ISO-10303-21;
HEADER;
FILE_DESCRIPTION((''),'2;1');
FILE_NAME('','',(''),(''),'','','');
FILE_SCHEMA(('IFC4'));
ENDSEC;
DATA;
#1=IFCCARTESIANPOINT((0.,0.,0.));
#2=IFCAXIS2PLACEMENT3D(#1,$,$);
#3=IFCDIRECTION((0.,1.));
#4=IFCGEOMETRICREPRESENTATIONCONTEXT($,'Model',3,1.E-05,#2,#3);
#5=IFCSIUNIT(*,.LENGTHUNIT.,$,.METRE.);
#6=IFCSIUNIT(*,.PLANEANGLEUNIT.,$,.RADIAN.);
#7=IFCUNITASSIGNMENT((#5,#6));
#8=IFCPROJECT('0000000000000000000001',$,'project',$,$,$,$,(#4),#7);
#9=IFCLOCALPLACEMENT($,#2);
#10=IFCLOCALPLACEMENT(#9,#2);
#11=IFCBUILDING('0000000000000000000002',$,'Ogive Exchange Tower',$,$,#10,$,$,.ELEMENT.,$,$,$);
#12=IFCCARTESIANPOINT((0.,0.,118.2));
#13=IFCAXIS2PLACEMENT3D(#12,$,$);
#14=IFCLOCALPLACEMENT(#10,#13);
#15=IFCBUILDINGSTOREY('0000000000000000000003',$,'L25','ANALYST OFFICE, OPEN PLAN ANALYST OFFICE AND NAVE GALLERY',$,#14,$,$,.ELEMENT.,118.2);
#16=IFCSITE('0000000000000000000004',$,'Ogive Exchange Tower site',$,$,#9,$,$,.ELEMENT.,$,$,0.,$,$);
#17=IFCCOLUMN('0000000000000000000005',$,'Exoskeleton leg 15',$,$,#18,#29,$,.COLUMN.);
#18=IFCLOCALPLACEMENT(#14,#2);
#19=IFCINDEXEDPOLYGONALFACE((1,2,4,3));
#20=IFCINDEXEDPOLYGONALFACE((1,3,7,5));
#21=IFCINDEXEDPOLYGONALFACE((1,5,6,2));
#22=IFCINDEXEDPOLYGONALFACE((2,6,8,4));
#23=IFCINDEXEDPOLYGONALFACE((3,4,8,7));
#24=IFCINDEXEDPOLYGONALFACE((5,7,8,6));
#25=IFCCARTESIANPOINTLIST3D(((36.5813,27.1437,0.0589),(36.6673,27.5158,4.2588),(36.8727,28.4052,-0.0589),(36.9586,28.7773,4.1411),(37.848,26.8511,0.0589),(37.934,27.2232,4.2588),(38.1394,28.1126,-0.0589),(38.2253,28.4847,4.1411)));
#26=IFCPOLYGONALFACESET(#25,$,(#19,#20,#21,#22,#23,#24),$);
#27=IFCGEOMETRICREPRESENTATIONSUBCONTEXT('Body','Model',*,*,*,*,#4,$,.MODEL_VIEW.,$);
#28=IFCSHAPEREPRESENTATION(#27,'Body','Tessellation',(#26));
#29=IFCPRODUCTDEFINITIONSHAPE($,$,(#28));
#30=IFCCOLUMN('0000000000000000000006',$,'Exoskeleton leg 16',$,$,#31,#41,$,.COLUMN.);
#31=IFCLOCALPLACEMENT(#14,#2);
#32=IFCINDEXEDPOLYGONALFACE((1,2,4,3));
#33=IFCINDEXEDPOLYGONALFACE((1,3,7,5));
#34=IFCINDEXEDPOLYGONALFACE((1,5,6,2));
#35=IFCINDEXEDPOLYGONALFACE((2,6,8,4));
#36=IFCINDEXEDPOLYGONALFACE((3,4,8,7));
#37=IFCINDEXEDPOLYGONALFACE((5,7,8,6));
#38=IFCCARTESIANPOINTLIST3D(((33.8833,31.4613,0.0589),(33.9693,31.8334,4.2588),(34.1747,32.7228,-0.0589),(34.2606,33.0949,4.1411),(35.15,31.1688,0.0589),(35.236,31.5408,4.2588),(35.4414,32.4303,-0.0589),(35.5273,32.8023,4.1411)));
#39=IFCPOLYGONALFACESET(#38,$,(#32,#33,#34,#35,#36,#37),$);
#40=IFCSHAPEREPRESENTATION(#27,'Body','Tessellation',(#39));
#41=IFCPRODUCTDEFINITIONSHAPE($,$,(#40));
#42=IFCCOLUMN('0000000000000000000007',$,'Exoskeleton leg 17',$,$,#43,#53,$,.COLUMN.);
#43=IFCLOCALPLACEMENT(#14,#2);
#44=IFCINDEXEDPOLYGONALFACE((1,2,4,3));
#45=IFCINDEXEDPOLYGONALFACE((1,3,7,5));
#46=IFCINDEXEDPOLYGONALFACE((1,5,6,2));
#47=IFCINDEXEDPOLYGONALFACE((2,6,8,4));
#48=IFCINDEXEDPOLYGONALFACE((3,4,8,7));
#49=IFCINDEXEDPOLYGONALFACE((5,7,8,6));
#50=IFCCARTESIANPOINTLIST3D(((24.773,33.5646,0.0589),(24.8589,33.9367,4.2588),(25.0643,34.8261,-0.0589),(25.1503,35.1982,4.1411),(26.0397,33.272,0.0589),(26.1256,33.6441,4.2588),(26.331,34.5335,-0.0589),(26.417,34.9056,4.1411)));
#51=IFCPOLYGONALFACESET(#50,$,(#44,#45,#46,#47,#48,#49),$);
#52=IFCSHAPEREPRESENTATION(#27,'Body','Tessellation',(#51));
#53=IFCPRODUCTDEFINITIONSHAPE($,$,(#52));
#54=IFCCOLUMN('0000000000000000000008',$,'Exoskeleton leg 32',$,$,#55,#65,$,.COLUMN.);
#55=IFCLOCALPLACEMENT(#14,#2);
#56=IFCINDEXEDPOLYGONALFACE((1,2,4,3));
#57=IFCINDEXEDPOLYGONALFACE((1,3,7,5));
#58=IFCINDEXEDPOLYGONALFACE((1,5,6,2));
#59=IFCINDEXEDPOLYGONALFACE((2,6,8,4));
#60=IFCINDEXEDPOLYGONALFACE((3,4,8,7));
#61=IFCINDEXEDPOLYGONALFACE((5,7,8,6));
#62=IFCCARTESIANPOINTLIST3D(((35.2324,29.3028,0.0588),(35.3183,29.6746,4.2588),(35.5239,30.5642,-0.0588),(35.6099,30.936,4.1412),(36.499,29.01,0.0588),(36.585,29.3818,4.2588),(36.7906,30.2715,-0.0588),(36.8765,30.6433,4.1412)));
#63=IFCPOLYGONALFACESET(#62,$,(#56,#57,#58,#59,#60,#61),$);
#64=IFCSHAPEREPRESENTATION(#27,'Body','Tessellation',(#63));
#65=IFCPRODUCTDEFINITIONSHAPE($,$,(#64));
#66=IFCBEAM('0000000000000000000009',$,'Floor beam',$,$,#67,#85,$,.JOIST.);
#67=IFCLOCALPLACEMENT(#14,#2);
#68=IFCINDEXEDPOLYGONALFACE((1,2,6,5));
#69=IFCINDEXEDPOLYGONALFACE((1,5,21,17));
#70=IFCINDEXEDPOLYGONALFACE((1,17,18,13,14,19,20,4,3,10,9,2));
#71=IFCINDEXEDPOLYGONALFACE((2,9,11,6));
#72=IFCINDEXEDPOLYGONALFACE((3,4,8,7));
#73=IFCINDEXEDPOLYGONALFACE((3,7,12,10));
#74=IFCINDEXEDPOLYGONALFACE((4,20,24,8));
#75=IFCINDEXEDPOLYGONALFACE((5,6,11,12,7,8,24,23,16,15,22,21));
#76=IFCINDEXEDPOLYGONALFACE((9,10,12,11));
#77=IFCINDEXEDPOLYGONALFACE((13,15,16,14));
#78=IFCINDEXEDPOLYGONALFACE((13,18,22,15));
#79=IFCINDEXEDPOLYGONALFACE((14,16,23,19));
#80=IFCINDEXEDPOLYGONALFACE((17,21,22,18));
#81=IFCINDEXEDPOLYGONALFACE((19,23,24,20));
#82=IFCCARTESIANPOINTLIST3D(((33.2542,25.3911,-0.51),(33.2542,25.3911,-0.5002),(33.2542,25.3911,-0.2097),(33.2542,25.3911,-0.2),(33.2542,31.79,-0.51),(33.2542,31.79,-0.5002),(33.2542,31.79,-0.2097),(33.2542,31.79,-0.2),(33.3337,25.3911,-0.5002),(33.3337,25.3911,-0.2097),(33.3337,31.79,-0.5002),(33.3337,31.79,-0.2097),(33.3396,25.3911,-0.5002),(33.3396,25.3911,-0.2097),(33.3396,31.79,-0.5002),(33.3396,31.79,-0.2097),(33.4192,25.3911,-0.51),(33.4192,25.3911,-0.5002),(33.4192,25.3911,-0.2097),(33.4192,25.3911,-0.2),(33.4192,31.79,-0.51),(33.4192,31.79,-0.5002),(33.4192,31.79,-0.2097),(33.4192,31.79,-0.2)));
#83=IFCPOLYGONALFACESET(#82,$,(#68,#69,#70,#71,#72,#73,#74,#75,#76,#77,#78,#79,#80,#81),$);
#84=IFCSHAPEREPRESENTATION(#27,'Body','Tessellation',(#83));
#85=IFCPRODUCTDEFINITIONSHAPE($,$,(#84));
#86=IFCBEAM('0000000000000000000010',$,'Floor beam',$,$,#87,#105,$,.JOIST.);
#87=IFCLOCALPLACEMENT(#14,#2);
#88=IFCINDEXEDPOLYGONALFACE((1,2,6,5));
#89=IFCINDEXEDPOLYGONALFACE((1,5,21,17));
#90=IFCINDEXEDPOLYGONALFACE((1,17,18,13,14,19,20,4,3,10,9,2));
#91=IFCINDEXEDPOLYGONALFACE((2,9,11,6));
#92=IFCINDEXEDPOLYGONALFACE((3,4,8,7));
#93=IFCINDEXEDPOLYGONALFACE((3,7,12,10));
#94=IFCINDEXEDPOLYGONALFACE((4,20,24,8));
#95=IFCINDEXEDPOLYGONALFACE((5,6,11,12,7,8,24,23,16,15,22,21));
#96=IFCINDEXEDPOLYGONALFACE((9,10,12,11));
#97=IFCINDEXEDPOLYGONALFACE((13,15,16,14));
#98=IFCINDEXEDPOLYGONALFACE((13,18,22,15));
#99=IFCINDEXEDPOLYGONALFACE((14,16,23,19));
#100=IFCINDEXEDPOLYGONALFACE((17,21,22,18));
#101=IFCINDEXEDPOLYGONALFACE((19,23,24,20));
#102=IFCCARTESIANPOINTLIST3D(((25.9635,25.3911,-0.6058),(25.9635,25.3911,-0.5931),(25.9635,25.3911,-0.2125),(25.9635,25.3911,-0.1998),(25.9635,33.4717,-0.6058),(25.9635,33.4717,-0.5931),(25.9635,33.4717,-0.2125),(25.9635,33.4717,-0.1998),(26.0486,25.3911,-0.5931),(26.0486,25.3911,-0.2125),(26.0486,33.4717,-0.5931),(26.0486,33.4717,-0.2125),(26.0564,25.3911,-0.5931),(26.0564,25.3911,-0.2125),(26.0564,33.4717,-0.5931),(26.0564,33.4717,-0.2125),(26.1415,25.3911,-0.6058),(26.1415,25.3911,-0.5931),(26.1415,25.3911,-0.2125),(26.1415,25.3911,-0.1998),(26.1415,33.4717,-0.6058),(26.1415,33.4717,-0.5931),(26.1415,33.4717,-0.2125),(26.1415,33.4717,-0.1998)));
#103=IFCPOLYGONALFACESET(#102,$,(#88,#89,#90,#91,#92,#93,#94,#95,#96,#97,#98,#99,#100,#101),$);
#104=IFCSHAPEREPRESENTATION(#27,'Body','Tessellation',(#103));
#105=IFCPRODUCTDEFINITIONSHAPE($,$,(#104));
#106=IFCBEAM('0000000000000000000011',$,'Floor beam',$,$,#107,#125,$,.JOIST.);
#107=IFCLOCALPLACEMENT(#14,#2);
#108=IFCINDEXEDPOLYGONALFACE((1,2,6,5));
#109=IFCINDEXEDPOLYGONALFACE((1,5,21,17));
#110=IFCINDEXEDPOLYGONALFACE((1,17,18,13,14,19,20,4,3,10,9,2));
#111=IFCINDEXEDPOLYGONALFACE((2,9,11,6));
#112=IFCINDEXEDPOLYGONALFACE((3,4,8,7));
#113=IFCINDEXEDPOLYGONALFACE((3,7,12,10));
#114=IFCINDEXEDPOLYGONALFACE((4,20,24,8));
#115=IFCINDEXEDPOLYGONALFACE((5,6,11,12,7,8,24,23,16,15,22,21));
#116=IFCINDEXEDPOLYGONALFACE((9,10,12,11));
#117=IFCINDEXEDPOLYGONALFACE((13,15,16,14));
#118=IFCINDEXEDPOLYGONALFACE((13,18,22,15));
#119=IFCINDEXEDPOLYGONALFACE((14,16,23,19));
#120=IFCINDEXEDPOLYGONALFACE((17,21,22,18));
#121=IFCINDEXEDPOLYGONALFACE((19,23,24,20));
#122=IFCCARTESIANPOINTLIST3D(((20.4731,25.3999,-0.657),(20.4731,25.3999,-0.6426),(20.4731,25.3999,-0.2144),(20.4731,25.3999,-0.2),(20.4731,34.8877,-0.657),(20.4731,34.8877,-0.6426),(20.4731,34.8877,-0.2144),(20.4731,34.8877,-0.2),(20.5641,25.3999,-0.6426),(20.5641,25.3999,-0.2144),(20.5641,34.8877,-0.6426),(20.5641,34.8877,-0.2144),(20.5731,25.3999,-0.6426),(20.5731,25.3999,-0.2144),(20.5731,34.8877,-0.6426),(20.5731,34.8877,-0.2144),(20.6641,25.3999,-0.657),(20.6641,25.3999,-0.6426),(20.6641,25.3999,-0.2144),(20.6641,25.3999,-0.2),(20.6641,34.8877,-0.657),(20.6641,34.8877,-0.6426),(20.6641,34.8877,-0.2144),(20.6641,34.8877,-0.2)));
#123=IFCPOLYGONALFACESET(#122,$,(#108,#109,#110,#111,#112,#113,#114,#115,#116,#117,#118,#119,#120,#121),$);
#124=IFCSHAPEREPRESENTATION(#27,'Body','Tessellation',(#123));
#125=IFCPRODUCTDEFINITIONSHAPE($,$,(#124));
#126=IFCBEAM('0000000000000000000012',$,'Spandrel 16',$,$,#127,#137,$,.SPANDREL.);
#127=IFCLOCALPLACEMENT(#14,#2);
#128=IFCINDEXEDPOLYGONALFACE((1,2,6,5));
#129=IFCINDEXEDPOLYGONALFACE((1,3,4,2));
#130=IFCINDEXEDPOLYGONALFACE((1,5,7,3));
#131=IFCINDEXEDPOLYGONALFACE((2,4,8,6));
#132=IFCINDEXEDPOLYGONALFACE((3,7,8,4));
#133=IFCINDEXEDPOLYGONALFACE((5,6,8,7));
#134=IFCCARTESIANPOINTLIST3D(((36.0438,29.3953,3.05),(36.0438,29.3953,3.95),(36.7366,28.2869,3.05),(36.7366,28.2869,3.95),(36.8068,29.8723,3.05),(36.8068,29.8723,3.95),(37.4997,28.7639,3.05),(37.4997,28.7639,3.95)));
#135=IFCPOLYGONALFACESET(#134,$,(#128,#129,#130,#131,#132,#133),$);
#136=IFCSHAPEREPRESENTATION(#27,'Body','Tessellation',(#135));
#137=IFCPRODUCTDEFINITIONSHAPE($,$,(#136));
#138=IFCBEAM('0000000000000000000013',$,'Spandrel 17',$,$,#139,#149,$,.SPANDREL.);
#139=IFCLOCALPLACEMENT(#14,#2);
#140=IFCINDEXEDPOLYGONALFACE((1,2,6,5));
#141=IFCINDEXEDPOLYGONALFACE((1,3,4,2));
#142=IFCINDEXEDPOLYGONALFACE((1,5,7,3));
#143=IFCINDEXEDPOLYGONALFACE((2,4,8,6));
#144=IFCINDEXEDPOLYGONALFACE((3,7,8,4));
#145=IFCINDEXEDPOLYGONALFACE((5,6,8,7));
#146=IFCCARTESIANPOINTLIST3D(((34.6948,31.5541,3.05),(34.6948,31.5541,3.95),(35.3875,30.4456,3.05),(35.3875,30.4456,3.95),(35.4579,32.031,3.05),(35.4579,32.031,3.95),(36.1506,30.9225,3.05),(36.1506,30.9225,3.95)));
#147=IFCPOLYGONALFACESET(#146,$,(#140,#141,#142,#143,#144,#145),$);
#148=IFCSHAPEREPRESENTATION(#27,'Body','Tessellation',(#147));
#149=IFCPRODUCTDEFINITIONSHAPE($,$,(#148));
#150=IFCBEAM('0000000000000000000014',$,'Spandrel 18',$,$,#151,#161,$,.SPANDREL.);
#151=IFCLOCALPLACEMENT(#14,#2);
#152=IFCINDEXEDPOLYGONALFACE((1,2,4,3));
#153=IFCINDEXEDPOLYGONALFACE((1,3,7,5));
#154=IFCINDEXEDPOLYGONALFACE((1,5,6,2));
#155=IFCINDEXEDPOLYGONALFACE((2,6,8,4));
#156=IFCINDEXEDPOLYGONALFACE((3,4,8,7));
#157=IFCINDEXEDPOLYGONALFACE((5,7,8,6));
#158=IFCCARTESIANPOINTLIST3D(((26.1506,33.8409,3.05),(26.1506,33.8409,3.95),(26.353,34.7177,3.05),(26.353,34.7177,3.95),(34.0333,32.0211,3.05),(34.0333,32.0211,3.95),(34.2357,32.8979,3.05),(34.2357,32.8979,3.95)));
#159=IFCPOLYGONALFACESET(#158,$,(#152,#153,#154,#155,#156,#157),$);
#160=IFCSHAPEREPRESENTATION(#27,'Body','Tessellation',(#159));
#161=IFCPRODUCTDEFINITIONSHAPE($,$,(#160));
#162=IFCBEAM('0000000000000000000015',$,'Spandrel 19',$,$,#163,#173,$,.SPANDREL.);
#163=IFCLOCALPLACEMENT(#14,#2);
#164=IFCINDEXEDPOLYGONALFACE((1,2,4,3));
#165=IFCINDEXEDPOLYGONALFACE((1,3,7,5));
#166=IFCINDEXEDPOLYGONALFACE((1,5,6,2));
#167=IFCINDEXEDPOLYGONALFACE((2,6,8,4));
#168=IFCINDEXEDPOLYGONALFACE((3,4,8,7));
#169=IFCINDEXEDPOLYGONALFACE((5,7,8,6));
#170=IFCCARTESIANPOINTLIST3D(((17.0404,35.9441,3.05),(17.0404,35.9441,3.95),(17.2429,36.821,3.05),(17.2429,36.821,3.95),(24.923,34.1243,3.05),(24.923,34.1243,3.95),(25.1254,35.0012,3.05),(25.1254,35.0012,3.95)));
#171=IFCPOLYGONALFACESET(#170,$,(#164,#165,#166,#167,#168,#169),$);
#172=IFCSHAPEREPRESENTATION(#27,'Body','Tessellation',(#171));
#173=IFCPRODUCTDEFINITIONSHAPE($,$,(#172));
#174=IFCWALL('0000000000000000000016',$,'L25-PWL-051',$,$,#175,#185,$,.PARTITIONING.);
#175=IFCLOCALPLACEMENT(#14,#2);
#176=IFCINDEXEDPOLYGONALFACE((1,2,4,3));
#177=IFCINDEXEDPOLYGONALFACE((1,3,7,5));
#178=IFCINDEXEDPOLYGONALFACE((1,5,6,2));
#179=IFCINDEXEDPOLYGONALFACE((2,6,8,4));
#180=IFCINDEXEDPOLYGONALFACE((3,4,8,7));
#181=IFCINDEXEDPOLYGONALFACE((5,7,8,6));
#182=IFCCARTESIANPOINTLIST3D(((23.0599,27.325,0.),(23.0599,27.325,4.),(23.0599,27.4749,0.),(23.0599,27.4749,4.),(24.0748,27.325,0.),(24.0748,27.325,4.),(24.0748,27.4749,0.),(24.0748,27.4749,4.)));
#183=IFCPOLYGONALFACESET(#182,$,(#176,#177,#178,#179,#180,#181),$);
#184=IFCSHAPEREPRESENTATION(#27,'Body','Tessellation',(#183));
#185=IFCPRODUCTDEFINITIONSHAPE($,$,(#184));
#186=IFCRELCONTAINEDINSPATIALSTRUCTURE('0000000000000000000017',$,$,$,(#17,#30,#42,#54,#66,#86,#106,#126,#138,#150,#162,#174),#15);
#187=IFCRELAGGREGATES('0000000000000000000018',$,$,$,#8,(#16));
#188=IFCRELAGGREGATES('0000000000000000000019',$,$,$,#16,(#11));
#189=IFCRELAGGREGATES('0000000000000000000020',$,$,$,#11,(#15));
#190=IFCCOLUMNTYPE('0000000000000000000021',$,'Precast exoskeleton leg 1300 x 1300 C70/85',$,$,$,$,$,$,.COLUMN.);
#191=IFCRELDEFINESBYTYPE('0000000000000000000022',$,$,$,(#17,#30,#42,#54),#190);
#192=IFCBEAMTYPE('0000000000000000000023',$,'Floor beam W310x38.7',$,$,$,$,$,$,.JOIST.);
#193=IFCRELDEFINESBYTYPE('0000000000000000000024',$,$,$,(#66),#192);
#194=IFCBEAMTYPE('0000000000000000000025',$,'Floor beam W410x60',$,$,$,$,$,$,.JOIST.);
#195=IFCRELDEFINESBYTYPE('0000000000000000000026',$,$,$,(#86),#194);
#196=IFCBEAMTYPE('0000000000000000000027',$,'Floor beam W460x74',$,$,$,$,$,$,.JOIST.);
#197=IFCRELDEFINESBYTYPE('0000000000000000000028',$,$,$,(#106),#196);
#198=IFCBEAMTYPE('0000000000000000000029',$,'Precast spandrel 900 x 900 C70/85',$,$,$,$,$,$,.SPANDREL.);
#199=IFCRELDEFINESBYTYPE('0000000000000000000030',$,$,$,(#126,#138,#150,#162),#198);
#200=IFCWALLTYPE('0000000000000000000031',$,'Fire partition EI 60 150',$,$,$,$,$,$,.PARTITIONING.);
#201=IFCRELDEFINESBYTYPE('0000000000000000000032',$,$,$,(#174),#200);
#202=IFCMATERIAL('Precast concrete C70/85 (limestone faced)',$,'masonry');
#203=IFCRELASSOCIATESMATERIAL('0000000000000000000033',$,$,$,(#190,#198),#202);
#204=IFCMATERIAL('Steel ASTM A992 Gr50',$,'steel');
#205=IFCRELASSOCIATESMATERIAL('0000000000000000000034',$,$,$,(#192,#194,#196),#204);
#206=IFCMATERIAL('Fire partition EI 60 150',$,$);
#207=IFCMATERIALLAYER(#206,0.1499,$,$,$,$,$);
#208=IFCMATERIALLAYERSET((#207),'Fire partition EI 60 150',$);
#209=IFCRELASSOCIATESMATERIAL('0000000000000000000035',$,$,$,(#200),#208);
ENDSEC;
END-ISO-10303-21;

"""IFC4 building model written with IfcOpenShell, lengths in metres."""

from ifc_helpers import new_model, si_unit, direction, frame, frame_2d, origin, origin_2d, place, context, subcontext, project, spatial, rectangle, i_section, extrude, material, layer, layer_set, material_profile, profile_set, type_object, element, save


model = new_model("IFC4")

# Units and contexts
model_context = context("Model", 3, precision=1e-05, world=origin(), true_north=direction((0.0, 1.0)))
body_context = subcontext(model_context, "Body", "Model", "MODEL_VIEW")
ifc_project = project(units=[si_unit("LENGTHUNIT", "METRE"), si_unit("PLANEANGLEUNIT", "RADIAN")], contexts=[model_context])

# Site, building, storey
site_placement = place(None, origin())
site = spatial("IfcSite", under=ifc_project, at=site_placement, Name="Ogive Exchange Tower site", CompositionType="ELEMENT", RefElevation=0.0)
building_placement = place(site_placement, origin())
building = spatial("IfcBuilding", under=site, at=building_placement, Name="Ogive Exchange Tower", CompositionType="ELEMENT")
storey_placement = place(building_placement, frame((0.0, 0.0, 118.2)))
storey = spatial("IfcBuildingStorey", under=building, at=storey_placement, Name="L25", Description="ANALYST OFFICE, OPEN PLAN ANALYST OFFICE AND NAVE GALLERY", CompositionType="ELEMENT", Elevation=118.2)

# Columns
ifc_material_1 = material(Name="Precast concrete C70/85 (limestone faced)", Category="masonry")
ifc_material_profile_1 = material_profile(ifc_material_1, rectangle(XDim=1.3, YDim=1.3, at=origin_2d()), Name="1300 x 1300")
ifc_profile_set_1 = profile_set([ifc_material_profile_1], Name="Precast concrete C70/85 (limestone faced)")
column_type = type_object("IfcColumnType", Name="Precast exoskeleton leg 1300 x 1300 C70/85", PredefinedType="COLUMN", material=ifc_profile_set_1)
for number, where, z_axis, x_axis, name in (
    (1, (37.3604, 27.6282, 0.0), (0.020377, 0.088225, 0.995892), (-0.974348, 0.225046, 0.0), "Exoskeleton leg 15"),
    (2, (34.6624, 31.9458, 0.0), (0.020377, 0.088225, 0.995892), (-0.974348, 0.225046, 0.0), "Exoskeleton leg 16"),
    (3, (25.552, 34.0491, 0.0), (0.020377, 0.088225, 0.995892), (-0.974348, 0.225046, 0.0), "Exoskeleton leg 17"),
    (4, (36.0115, 29.7871, 0.0), (0.020378, 0.088168, 0.995897), (-0.974316, 0.225187, 0.0), "Exoskeleton leg 32"),
):
    element("IfcColumn", number, at=place(storey_placement, frame(where, z_axis=z_axis, x_axis=x_axis)), inside=storey, type_object=column_type, Name=name, PredefinedType="COLUMN", context=body_context, shape_type="SweptSolid", body=[
        extrude(rectangle(XDim=1.3, YDim=1.3, at=origin_2d()), origin(), (0.0, 0.0, 1.0), 4.2173),
    ])

# Beams
ifc_material_2 = material(Name="Steel ASTM A992 Gr50", Category="steel")
ifc_material_profile_2 = material_profile(ifc_material_2, i_section(OverallWidth=0.165, OverallDepth=0.3101, WebThickness=0.0059, FlangeThickness=0.0098, at=origin_2d()), Name="W310x38.7")
ifc_profile_set_2 = profile_set([ifc_material_profile_2], Name="Steel ASTM A992 Gr50")
beam_type_1 = type_object("IfcBeamType", Name="Floor beam W310x38.7", PredefinedType="JOIST", material=ifc_profile_set_2)
beam_1_placement = place(storey_placement, frame((33.3367, 25.3911, -0.355), z_axis=(0.0, 1.0, 0.0), x_axis=(-1.0, 0.0, 0.0)))
element("IfcBeam", 5, at=beam_1_placement, inside=storey, type_object=beam_type_1, Name="Floor beam", PredefinedType="JOIST", context=body_context, shape_type="SweptSolid", body=[
    extrude(i_section(OverallWidth=0.165, OverallDepth=0.3101, WebThickness=0.0059, FlangeThickness=0.0098, at=origin_2d()), origin(), (0.0, 0.0, 1.0), 6.3989),
])
ifc_material_profile_3 = material_profile(ifc_material_2, i_section(OverallWidth=0.178, OverallDepth=0.406, WebThickness=0.0078, FlangeThickness=0.0127, at=origin_2d()), Name="W410x60")
ifc_profile_set_3 = profile_set([ifc_material_profile_3], Name="Steel ASTM A992 Gr50")
beam_type_2 = type_object("IfcBeamType", Name="Floor beam W410x60", PredefinedType="JOIST", material=ifc_profile_set_3)
beam_2_placement = place(storey_placement, frame((26.0525, 25.3911, -0.4028), z_axis=(0.0, 1.0, 0.0), x_axis=(-1.0, 0.0, 0.0)))
element("IfcBeam", 6, at=beam_2_placement, inside=storey, type_object=beam_type_2, Name="Floor beam", PredefinedType="JOIST", context=body_context, shape_type="SweptSolid", body=[
    extrude(i_section(OverallWidth=0.178, OverallDepth=0.406, WebThickness=0.0078, FlangeThickness=0.0127, at=origin_2d()), origin(), (0.0, 0.0, 1.0), 8.0806),
])
ifc_material_profile_4 = material_profile(ifc_material_2, i_section(OverallWidth=0.1909, OverallDepth=0.457, WebThickness=0.009, FlangeThickness=0.0144, at=origin_2d()), Name="W460x74")
ifc_profile_set_4 = profile_set([ifc_material_profile_4], Name="Steel ASTM A992 Gr50")
beam_type_3 = type_object("IfcBeamType", Name="Floor beam W460x74", PredefinedType="JOIST", material=ifc_profile_set_4)
beam_3_placement = place(storey_placement, frame((20.5686, 25.3999, -0.4285), z_axis=(0.0, 1.0, 0.0), x_axis=(-1.0, 0.0, 0.0)))
element("IfcBeam", 7, at=beam_3_placement, inside=storey, type_object=beam_type_3, Name="Floor beam", PredefinedType="JOIST", context=body_context, shape_type="SweptSolid", body=[
    extrude(i_section(OverallWidth=0.1909, OverallDepth=0.457, WebThickness=0.009, FlangeThickness=0.0144, at=origin_2d()), origin(), (0.0, 0.0, 1.0), 9.4878),
])
ifc_material_profile_5 = material_profile(ifc_material_1, rectangle(XDim=0.8999, YDim=0.8999, at=origin_2d()), Name="900 x 900")
ifc_profile_set_5 = profile_set([ifc_material_profile_5], Name="Precast concrete C70/85 (limestone faced)")
beam_type_4 = type_object("IfcBeamType", Name="Precast spandrel 900 x 900 C70/85", PredefinedType="SPANDREL", material=ifc_profile_set_5)
for number, where, z_axis, x_axis, name in (
    (8, (37.1182, 28.5254, 3.5), (-0.530066, 0.847956, 0.0), (-0.847956, -0.530066, 0.0), "Spandrel 16"),
    (9, (35.769, 30.6841, 3.5), (-0.529932, 0.84804, 0.0), (-0.84804, -0.529932, 0.0), "Spandrel 17"),
):
    element("IfcBeam", number, at=place(storey_placement, frame(where, z_axis=z_axis, x_axis=x_axis)), inside=storey, type_object=beam_type_4, Name=name, PredefinedType="SPANDREL", context=body_context, shape_type="SweptSolid", body=[
        extrude(rectangle(XDim=0.8999, YDim=0.8999, at=origin_2d()), origin(), (0.0, 0.0, 1.0), 1.3071),
    ])
beam_4_placement = place(storey_placement, frame((34.1345, 32.4595, 3.5), z_axis=(-0.974372, 0.224943, 0.0), x_axis=(-0.224943, -0.974372, 0.0)))
element("IfcBeam", 10, at=beam_4_placement, inside=storey, type_object=beam_type_4, Name="Spandrel 18", PredefinedType="SPANDREL", context=body_context, shape_type="SweptSolid", body=[
    extrude(rectangle(XDim=0.8999, YDim=0.8999, at=origin_2d()), origin(), (0.0, 0.0, 1.0), 8.0901),
])
beam_5_placement = place(storey_placement, frame((25.0242, 34.5627, 3.5), z_axis=(-0.97437, 0.22495, 0.0), x_axis=(-0.22495, -0.97437, 0.0)))
element("IfcBeam", 11, at=beam_5_placement, inside=storey, type_object=beam_type_4, Name="Spandrel 19", PredefinedType="SPANDREL", context=body_context, shape_type="SweptSolid", body=[
    extrude(rectangle(XDim=0.8999, YDim=0.8999, at=origin_2d()), origin(), (0.0, 0.0, 1.0), 8.0898),
])

# Wall
ifc_material_3 = material(Name="Fire partition EI 60 150")
ifc_layer_1 = layer(ifc_material_3, 0.1499)
ifc_layer_set_1 = layer_set([ifc_layer_1], Name="Fire partition EI 60 150")
wall_type_1 = type_object("IfcWallType", Name="Fire partition EI 60 150", PredefinedType="PARTITIONING", material=ifc_layer_set_1)
wall_1_placement = place(storey_placement, frame((23.0601, 27.3999, 0.0), z_axis=(0.0, 0.0, 1.0), x_axis=(1.0, 0.0, 0.0)))
element("IfcWall", 12, at=wall_1_placement, inside=storey, type_object=wall_type_1, Name="L25-PWL-051", PredefinedType="PARTITIONING", context=body_context, shape_type="SweptSolid", body=[
    extrude(rectangle(XDim=1.0149, YDim=0.1499, at=frame_2d((0.5073, 0.0))), origin(), (0.0, 0.0, 1.0), 4.0),
])

save(model, "model.ifc")
